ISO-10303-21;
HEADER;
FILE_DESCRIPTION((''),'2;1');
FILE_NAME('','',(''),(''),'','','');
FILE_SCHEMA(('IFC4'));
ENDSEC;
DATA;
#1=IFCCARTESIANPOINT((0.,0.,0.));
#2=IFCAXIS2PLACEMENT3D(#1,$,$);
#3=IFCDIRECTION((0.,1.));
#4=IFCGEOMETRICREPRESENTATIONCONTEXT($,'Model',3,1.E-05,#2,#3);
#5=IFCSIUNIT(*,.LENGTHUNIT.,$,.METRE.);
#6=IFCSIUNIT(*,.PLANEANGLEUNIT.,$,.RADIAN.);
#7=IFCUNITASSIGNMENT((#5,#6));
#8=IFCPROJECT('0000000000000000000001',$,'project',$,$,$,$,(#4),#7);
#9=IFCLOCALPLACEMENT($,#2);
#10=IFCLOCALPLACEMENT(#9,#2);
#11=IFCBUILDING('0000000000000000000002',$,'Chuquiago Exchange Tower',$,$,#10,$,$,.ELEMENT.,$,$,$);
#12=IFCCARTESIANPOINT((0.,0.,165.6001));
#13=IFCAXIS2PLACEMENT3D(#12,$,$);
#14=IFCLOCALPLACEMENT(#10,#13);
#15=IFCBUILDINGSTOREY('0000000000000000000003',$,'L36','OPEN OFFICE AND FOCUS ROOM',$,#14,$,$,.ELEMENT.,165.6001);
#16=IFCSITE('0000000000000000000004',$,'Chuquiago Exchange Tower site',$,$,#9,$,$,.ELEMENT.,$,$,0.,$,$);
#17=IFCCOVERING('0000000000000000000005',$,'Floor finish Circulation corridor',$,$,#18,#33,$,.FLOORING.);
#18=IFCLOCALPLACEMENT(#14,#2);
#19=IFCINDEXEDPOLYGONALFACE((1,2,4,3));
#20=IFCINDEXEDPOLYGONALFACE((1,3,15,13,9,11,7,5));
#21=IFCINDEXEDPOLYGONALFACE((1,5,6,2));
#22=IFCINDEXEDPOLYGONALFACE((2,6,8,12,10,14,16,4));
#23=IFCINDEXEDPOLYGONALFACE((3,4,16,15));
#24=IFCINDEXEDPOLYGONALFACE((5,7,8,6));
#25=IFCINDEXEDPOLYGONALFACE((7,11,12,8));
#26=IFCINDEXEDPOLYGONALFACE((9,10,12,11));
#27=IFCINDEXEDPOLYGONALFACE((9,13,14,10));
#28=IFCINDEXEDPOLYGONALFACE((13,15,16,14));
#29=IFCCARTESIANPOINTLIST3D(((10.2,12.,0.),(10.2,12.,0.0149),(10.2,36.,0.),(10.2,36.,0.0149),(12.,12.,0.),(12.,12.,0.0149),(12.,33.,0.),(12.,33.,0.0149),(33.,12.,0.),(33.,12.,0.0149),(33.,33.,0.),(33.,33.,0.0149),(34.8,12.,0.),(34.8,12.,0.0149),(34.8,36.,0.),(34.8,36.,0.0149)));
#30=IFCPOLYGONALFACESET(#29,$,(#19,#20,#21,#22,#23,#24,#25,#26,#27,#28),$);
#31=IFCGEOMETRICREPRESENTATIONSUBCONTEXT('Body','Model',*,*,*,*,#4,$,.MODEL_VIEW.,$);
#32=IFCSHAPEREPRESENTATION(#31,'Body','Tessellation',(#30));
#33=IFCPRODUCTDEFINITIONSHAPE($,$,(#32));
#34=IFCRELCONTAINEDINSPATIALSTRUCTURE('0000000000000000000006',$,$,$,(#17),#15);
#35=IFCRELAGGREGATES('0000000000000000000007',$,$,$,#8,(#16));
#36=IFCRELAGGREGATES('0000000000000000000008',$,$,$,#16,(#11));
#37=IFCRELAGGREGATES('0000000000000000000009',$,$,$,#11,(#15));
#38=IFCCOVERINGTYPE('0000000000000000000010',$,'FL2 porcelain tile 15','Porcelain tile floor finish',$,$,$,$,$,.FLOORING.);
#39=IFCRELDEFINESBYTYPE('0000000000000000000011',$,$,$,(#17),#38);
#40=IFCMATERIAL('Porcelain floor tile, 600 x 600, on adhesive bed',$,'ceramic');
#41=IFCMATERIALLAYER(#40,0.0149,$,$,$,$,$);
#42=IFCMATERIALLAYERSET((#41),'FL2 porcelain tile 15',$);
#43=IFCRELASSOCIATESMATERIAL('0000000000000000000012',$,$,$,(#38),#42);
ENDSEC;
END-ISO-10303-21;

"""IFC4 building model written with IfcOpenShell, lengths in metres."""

from ifc_helpers import new_model, si_unit, direction, frame, origin, place, context, subcontext, project, spatial, polyline, outline, extrude, material, layer, layer_set, type_object, element, save


model = new_model("IFC4")

# Units and contexts
model_context = context("Model", 3, precision=1e-05, world=origin(), true_north=direction((0.0, 1.0)))
body_context = subcontext(model_context, "Body", "Model", "MODEL_VIEW")
ifc_project = project(units=[si_unit("LENGTHUNIT", "METRE"), si_unit("PLANEANGLEUNIT", "RADIAN")], contexts=[model_context])

# Site, building, storey
site_placement = place(None, origin())
site = spatial("IfcSite", under=ifc_project, at=site_placement, Name="Chuquiago Exchange Tower site", CompositionType="ELEMENT", RefElevation=0.0)
building_placement = place(site_placement, origin())
building = spatial("IfcBuilding", under=site, at=building_placement, Name="Chuquiago Exchange Tower", CompositionType="ELEMENT")
storey_placement = place(building_placement, frame((0.0, 0.0, 165.6001)))
storey = spatial("IfcBuildingStorey", under=building, at=storey_placement, Name="L36", Description="OPEN OFFICE AND FOCUS ROOM", CompositionType="ELEMENT", Elevation=165.6001)

# Covering
ifc_material_1 = material(Name="Porcelain floor tile, 600 x 600, on adhesive bed", Category="ceramic")
ifc_layer_1 = layer(ifc_material_1, 0.0149)
ifc_layer_set_1 = layer_set([ifc_layer_1], Name="FL2 porcelain tile 15")
covering_type_1 = type_object("IfcCoveringType", Name="FL2 porcelain tile 15", Description="Porcelain tile floor finish", PredefinedType="FLOORING", material=ifc_layer_set_1)
covering_1_placement = place(storey_placement, origin())
element("IfcCovering", 1, at=covering_1_placement, inside=storey, type_object=covering_type_1, Name="Floor finish Circulation corridor", PredefinedType="FLOORING", context=body_context, shape_type="SweptSolid", body=[
    extrude(outline(polyline([(12.0, 12.0), (10.2, 12.0), (10.2, 36.0), (34.8, 36.0), (34.8, 12.0), (33.0, 12.0), (33.0, 33.0), (12.0, 33.0), (12.0, 12.0)])), origin(), (0.0, 0.0, 1.0), 0.0149),
])

save(model, "model.ifc")
